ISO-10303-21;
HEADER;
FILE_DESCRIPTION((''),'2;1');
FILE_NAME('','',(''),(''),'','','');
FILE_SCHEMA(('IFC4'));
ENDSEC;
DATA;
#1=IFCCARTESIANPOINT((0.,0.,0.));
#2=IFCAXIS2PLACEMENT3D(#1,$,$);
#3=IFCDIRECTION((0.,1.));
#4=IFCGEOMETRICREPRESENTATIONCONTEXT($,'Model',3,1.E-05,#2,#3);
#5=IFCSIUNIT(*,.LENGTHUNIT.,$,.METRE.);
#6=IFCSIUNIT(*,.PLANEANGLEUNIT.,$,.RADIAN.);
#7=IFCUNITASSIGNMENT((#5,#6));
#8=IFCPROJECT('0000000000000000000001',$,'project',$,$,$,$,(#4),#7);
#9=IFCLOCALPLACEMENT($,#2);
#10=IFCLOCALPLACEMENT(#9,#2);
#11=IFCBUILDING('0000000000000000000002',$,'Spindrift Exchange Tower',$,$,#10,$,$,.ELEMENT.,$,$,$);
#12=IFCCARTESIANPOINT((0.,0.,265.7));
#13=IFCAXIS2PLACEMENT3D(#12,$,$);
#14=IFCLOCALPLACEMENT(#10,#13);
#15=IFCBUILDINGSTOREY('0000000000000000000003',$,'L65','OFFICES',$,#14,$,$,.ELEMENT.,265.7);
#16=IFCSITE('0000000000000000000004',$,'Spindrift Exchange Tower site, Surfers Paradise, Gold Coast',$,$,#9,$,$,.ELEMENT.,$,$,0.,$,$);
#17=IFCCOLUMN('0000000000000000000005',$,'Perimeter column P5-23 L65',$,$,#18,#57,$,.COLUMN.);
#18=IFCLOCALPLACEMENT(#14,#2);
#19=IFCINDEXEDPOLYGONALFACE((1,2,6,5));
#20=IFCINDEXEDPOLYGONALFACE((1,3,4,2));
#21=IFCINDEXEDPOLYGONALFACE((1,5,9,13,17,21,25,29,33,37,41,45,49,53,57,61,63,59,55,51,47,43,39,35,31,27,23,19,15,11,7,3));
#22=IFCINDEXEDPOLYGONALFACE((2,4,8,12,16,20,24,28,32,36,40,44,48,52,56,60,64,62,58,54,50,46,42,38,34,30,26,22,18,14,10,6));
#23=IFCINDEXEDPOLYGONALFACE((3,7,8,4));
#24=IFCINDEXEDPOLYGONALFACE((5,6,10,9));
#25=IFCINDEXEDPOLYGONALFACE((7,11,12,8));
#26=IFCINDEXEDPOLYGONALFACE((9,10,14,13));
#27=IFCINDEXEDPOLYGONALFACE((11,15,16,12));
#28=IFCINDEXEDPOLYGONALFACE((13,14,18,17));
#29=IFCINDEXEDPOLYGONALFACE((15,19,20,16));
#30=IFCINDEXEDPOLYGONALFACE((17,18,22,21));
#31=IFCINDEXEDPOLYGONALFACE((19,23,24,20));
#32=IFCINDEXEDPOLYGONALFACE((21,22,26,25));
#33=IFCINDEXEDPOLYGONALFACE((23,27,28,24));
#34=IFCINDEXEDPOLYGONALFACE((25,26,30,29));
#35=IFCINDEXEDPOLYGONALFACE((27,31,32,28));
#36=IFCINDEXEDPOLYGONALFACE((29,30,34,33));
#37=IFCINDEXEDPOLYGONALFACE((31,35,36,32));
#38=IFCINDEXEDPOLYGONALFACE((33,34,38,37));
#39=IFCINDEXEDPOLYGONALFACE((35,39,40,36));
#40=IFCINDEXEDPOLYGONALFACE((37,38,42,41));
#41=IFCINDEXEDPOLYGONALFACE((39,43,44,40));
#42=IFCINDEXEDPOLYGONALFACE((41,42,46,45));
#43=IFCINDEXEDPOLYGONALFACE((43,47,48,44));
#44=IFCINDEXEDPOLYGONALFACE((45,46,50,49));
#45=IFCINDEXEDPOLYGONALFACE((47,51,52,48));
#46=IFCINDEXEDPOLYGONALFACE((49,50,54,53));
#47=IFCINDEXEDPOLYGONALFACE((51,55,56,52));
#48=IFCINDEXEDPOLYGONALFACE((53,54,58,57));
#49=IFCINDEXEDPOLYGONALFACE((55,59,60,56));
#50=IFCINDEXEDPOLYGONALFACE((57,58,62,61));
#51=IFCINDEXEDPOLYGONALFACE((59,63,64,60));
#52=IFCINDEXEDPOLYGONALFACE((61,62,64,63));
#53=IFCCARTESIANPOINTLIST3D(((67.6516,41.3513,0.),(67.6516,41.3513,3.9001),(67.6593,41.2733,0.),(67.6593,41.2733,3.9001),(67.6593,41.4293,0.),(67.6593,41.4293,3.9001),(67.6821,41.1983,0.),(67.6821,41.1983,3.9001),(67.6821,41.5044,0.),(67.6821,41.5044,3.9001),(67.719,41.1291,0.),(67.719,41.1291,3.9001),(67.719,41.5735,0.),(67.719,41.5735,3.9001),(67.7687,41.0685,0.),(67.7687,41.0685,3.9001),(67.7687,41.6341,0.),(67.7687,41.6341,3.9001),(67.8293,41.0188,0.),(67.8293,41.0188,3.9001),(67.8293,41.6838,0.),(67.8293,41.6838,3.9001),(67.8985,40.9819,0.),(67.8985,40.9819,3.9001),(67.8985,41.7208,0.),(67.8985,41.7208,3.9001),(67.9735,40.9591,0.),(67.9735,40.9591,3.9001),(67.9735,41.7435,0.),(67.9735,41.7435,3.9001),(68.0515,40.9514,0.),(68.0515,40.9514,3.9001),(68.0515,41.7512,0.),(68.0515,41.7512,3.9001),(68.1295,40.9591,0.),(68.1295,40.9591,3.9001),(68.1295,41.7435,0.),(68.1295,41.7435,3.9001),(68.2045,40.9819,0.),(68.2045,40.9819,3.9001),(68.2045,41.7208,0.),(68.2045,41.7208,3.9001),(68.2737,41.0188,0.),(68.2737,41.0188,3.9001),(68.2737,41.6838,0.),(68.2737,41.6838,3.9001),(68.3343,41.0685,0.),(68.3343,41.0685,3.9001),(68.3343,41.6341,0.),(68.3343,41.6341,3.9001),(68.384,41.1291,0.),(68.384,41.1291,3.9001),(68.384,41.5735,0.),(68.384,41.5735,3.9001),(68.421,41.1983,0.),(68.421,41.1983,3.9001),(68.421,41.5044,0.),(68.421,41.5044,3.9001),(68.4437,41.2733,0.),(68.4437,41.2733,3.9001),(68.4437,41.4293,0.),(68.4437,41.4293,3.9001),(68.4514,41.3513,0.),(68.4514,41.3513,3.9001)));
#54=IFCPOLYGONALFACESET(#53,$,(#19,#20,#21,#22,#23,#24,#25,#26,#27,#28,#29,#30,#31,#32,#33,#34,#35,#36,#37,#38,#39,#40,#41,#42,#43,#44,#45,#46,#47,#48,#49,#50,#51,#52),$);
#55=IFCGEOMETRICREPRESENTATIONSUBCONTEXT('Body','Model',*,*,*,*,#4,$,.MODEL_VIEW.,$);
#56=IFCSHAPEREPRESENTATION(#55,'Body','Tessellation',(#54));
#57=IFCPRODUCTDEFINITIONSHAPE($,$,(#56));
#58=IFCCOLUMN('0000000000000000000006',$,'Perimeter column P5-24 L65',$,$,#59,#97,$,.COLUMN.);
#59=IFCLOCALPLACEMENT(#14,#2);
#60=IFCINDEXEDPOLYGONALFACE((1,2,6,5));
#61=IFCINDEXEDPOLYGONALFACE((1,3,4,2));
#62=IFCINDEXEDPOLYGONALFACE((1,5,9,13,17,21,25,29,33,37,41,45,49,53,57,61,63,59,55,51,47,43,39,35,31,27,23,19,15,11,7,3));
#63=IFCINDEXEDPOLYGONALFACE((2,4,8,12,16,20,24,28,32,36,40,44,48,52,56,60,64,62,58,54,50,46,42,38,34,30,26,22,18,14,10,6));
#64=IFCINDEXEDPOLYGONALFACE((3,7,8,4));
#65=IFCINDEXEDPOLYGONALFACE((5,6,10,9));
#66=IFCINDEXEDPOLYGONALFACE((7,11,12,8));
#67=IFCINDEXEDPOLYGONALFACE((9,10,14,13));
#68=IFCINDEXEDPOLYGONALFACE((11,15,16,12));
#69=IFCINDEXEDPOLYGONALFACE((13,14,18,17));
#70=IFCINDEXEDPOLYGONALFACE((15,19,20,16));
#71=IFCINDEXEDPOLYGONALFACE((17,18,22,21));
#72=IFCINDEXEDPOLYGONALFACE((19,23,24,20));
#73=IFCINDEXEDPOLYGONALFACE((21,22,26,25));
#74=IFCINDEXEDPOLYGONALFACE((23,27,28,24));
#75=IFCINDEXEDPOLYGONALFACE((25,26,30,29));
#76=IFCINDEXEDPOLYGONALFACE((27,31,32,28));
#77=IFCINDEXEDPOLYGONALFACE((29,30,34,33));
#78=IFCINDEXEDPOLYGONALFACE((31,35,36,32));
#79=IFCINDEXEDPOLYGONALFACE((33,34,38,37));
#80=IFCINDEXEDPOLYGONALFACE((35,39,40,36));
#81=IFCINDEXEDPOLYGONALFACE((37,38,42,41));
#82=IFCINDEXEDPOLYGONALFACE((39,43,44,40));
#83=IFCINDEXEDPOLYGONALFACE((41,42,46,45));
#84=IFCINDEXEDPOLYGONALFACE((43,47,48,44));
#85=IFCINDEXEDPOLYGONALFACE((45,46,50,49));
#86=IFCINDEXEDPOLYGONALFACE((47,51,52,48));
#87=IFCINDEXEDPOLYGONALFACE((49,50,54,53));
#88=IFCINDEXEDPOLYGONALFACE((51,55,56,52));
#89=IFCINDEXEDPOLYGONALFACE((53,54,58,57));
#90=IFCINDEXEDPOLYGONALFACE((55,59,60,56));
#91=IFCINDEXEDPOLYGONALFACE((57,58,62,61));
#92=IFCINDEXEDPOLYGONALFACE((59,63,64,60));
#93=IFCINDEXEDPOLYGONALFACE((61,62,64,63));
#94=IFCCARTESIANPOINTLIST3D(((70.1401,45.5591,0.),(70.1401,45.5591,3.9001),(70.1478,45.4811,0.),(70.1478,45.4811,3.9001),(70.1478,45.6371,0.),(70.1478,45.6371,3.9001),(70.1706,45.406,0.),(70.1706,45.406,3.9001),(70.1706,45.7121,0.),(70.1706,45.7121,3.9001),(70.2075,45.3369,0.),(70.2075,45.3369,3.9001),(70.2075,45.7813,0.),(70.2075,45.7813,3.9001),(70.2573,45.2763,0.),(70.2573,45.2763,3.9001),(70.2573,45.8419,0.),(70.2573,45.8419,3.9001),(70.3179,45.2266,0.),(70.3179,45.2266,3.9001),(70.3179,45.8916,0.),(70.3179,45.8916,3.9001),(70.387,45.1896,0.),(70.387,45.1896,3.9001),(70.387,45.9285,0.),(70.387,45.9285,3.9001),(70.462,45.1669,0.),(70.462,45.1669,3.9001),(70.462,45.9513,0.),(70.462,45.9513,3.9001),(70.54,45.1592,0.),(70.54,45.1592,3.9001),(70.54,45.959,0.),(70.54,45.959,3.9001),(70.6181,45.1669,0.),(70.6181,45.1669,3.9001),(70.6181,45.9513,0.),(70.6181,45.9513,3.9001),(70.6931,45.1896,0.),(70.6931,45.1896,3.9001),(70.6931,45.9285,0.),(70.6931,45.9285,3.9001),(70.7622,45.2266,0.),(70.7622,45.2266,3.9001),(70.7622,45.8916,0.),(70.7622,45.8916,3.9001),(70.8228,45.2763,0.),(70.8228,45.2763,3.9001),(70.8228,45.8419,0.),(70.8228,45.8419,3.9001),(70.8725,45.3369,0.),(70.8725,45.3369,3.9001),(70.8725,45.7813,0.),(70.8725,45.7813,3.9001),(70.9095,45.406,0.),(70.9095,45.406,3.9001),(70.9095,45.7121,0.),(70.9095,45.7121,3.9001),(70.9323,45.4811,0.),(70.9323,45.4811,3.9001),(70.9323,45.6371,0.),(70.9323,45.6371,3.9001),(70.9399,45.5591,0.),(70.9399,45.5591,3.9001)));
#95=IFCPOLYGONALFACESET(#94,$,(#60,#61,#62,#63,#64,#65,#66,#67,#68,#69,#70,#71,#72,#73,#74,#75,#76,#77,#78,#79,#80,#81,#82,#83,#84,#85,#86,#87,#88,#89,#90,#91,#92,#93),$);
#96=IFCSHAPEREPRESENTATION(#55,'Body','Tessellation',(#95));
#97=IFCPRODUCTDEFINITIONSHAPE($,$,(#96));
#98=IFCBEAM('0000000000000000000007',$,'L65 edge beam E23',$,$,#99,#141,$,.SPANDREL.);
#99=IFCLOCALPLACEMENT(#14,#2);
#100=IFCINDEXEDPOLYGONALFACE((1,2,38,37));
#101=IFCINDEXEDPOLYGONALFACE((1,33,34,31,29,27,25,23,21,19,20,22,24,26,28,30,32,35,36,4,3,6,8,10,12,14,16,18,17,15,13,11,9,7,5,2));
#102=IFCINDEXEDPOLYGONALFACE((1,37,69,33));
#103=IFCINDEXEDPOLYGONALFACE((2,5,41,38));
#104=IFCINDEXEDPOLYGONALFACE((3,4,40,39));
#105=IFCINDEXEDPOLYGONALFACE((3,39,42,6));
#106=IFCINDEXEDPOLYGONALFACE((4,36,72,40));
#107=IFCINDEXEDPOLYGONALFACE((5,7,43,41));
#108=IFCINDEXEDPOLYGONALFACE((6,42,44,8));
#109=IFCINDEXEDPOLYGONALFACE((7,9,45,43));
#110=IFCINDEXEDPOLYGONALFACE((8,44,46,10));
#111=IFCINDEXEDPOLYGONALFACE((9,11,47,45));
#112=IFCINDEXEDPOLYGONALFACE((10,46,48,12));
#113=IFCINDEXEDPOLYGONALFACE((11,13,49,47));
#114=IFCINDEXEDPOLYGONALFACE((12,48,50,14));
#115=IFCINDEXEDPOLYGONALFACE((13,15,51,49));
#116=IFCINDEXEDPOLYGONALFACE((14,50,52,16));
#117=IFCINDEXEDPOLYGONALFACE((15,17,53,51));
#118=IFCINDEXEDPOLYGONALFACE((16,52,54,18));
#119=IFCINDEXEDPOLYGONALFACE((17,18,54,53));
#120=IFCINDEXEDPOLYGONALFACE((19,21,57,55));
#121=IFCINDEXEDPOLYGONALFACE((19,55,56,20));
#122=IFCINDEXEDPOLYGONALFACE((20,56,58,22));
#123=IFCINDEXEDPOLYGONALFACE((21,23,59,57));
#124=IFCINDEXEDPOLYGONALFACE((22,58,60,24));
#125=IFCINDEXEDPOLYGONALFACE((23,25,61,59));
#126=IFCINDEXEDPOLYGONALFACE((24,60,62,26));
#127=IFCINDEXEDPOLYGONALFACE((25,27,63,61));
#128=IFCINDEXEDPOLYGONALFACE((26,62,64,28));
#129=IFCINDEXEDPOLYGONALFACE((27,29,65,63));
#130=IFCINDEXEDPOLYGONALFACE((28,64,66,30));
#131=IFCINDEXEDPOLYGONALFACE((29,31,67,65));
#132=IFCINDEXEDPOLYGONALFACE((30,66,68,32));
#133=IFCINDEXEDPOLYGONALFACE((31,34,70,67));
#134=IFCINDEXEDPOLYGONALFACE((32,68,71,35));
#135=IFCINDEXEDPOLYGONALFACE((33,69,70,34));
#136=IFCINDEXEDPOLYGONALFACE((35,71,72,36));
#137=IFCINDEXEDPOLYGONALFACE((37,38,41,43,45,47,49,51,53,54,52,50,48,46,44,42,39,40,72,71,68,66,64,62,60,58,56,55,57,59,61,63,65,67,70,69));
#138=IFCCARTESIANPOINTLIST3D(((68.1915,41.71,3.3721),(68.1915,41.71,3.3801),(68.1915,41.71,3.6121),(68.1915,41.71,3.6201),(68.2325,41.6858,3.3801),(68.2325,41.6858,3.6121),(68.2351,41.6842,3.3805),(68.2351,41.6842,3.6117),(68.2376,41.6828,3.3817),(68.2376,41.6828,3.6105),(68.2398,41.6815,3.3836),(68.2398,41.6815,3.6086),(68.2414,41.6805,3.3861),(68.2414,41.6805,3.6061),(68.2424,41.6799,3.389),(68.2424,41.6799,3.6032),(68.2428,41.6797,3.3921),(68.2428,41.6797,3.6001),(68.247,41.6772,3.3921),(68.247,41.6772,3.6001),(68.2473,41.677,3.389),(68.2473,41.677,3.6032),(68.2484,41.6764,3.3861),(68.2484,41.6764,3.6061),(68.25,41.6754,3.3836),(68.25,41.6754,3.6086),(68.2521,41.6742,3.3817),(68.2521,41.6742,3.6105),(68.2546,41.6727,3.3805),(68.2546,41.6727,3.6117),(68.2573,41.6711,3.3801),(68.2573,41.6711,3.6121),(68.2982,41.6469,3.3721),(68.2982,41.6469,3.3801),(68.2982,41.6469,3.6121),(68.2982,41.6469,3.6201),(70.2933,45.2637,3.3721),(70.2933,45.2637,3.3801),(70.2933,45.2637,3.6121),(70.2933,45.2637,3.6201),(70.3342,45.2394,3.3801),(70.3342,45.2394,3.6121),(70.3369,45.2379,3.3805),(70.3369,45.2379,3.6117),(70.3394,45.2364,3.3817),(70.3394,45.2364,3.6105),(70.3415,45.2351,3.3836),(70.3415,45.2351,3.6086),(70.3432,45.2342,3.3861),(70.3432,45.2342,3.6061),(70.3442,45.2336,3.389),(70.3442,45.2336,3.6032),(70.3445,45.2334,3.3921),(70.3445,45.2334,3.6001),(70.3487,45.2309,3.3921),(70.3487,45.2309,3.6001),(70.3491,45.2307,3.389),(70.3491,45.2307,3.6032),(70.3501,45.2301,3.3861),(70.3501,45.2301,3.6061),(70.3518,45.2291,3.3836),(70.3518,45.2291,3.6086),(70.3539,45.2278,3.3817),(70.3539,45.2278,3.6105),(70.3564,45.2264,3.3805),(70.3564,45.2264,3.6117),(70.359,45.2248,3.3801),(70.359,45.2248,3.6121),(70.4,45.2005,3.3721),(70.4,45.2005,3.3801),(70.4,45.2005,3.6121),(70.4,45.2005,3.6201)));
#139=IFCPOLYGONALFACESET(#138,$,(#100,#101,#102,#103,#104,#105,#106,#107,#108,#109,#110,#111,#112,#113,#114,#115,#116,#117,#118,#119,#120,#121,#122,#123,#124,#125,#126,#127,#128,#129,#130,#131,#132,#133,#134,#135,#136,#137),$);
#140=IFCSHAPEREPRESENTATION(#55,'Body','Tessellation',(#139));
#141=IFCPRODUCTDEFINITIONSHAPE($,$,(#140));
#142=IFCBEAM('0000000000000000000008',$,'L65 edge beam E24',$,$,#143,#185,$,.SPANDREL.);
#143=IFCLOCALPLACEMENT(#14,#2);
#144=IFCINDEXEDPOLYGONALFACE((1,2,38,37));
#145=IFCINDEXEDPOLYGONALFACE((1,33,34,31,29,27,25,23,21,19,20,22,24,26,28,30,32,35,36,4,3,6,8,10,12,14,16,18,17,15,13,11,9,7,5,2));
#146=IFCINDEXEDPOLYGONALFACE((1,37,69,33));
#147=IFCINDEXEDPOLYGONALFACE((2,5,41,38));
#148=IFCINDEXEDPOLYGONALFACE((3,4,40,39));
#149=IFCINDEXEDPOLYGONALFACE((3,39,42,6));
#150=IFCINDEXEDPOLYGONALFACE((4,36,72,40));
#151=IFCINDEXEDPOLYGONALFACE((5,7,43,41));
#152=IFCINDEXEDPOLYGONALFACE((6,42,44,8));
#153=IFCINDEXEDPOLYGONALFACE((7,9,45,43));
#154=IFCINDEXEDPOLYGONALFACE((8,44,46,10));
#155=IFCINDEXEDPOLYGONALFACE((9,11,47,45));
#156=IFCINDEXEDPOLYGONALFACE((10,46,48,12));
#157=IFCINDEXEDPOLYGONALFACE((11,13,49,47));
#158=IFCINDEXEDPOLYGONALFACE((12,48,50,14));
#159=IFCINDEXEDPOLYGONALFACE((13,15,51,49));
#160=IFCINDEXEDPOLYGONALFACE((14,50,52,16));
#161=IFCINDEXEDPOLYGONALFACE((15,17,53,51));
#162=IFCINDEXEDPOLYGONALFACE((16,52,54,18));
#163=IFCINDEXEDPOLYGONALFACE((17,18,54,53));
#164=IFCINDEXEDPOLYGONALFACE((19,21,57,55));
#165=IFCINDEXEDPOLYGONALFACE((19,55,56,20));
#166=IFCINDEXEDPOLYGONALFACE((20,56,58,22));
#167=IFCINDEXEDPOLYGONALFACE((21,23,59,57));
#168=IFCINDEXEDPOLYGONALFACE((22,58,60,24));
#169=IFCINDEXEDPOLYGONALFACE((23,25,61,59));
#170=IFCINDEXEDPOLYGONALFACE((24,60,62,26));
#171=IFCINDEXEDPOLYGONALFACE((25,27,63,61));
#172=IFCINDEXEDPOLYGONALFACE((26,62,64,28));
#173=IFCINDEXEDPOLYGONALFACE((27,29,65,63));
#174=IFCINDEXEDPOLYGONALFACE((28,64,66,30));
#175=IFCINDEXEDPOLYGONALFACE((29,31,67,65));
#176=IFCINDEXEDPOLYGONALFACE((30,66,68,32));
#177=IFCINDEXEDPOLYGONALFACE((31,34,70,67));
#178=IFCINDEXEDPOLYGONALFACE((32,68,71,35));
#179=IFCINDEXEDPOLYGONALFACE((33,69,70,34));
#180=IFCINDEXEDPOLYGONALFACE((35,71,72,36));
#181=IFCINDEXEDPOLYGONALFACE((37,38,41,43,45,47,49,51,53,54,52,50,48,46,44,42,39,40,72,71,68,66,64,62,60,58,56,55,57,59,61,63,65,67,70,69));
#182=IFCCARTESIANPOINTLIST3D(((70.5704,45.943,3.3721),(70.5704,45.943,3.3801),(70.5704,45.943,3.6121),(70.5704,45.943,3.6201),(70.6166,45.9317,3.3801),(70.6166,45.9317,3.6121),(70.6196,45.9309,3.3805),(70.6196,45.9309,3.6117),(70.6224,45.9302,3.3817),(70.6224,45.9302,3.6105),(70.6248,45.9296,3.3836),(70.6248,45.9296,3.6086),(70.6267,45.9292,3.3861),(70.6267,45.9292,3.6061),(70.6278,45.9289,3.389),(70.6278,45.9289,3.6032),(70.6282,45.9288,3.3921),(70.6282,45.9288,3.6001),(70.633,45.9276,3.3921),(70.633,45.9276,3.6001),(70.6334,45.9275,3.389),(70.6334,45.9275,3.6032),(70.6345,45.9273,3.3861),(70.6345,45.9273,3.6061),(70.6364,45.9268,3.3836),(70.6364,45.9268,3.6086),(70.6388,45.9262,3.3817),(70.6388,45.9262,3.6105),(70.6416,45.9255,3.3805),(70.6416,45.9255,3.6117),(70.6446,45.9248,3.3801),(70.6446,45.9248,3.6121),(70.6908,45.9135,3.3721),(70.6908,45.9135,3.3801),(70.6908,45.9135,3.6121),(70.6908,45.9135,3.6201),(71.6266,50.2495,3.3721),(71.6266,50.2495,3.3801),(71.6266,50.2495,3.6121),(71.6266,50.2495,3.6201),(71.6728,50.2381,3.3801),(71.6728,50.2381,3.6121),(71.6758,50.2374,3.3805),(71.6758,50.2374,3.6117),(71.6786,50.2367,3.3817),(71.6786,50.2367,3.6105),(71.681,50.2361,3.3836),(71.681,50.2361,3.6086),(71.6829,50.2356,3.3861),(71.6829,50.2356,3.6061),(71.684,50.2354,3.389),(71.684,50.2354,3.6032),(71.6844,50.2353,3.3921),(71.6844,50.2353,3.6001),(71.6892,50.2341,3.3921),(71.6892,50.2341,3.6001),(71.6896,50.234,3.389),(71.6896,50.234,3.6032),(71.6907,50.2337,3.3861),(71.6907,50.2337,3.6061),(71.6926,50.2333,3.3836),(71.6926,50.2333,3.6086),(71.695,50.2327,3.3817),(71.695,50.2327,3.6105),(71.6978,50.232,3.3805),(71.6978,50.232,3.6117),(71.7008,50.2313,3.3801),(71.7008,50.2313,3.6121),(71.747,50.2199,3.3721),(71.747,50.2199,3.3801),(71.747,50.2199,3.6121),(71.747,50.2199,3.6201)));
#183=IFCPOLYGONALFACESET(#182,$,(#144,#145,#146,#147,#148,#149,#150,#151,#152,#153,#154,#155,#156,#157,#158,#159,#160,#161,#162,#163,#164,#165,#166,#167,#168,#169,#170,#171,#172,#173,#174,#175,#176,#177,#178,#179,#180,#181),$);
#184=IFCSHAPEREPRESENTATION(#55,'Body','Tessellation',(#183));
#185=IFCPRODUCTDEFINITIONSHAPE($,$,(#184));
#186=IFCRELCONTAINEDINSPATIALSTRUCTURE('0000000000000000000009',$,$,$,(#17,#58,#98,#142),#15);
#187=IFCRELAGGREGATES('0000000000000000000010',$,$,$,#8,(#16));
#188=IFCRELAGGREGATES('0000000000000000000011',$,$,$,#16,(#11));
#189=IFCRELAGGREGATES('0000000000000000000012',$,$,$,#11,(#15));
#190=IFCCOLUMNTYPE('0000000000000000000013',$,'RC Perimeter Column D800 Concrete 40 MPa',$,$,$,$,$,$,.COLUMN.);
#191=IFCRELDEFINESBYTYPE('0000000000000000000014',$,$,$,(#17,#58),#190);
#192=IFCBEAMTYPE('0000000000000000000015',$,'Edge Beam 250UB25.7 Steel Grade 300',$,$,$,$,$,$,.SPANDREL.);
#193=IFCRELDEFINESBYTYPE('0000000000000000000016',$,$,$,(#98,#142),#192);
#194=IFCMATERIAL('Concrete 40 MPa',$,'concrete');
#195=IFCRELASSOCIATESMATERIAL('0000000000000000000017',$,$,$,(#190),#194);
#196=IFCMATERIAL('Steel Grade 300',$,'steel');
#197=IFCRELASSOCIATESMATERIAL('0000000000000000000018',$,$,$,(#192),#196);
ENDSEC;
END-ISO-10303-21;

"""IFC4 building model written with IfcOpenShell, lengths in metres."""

from ifc_helpers import new_model, si_unit, direction, frame, origin, origin_2d, place, context, subcontext, project, spatial, circle, i_section, extrude, source, transform, mapped, material, material_profile, profile_set, type_object, element, save


model = new_model("IFC4")

# Units and contexts
model_context = context("Model", 3, precision=1e-05, world=origin(), true_north=direction((0.0, 1.0)))
body_context = subcontext(model_context, "Body", "Model", "MODEL_VIEW")
ifc_project = project(units=[si_unit("LENGTHUNIT", "METRE"), si_unit("PLANEANGLEUNIT", "RADIAN")], contexts=[model_context])

# Site, building, storey
site_placement = place(None, origin())
site = spatial("IfcSite", under=ifc_project, at=site_placement, Name="Spindrift Exchange Tower site, Surfers Paradise, Gold Coast", CompositionType="ELEMENT", RefElevation=0.0)
building_placement = place(site_placement, origin())
building = spatial("IfcBuilding", under=site, at=building_placement, Name="Spindrift Exchange Tower", CompositionType="ELEMENT")
storey_placement = place(building_placement, frame((0.0, 0.0, 265.7)))
storey = spatial("IfcBuildingStorey", under=building, at=storey_placement, Name="L65", Description="OFFICES", CompositionType="ELEMENT", Elevation=265.7)

# Columns
ifc_material_1 = material(Name="Concrete 40 MPa", Category="concrete")
ifc_material_profile_1 = material_profile(ifc_material_1, circle(Radius=0.3999, at=origin_2d()), Name="RC D800")
ifc_profile_set_1 = profile_set([ifc_material_profile_1], Name="Concrete 40 MPa")
column_type = type_object("IfcColumnType", Name="RC Perimeter Column D800 Concrete 40 MPa", PredefinedType="COLUMN", material=ifc_profile_set_1)
shared_shape_1 = source(origin(), body_context, "Body", "SweptSolid", [
    extrude(circle(Radius=0.3999, at=origin_2d()), origin(), (0.0, 0.0, 1.0), 3.9001),
])
for number, where, z_axis, x_axis, name in (
    (1, (68.0515, 41.3513, 0.0), (0.0, 0.0, 1.0), (1.0, 0.0, 0.0), "Perimeter column P5-23 L65"),
    (2, (70.54, 45.5591, 0.0), (0.0, 0.0, 1.0), (1.0, 0.0, 0.0), "Perimeter column P5-24 L65"),
):
    element("IfcColumn", number, at=place(storey_placement, frame(where, z_axis=z_axis, x_axis=x_axis)), inside=storey, type_object=column_type, Name=name, PredefinedType="COLUMN", context=body_context, shape_type="MappedRepresentation", body=[
        mapped(shared_shape_1, transform((0.0, 0.0, 0.0), scale=1.0)),
    ])

# Beams
ifc_material_2 = material(Name="Steel Grade 300", Category="steel")
ifc_material_profile_2 = material_profile(ifc_material_2, i_section(OverallWidth=0.124, OverallDepth=0.248, WebThickness=0.0049, FlangeThickness=0.0081, FilletRadius=0.012, at=origin_2d()), Name="250UB25.7")
ifc_profile_set_2 = profile_set([ifc_material_profile_2], Name="Steel Grade 300")
beam_type_1 = type_object("IfcBeamType", Name="Edge Beam 250UB25.7 Steel Grade 300", PredefinedType="SPANDREL", material=ifc_profile_set_2)
shared_shape_2 = source(origin(), body_context, "Body", "SweptSolid", [
    extrude(i_section(OverallWidth=0.124, OverallDepth=0.248, WebThickness=0.0049, FlangeThickness=0.0081, FilletRadius=0.012, at=origin_2d()), origin(), (0.0, 0.0, 1.0), 4.1287),
])
beam_1_placement = place(storey_placement, frame((68.2449, 41.6785, 3.4961), z_axis=(0.509068, 0.860726, 0.0), x_axis=(-0.860726, 0.509068, 0.0)))
element("IfcBeam", 3, at=beam_1_placement, inside=storey, type_object=beam_type_1, Name="L65 edge beam E23", PredefinedType="SPANDREL", context=body_context, shape_type="MappedRepresentation", body=[
    mapped(shared_shape_2, transform((0.0, 0.0, 0.0), scale=1.0)),
])
shared_shape_3 = source(origin(), body_context, "Body", "SweptSolid", [
    extrude(i_section(OverallWidth=0.124, OverallDepth=0.248, WebThickness=0.0049, FlangeThickness=0.0081, FilletRadius=0.012, at=origin_2d()), origin(), (0.0, 0.0, 1.0), 4.4341),
])
beam_2_placement = place(storey_placement, frame((70.6306, 45.9282, 3.4961), z_axis=(0.238193, 0.971218, 0.0), x_axis=(-0.971218, 0.238193, 0.0)))
element("IfcBeam", 4, at=beam_2_placement, inside=storey, type_object=beam_type_1, Name="L65 edge beam E24", PredefinedType="SPANDREL", context=body_context, shape_type="MappedRepresentation", body=[
    mapped(shared_shape_3, transform((0.0, 0.0, 0.0), scale=1.0)),
])

save(model, "model.ifc")
